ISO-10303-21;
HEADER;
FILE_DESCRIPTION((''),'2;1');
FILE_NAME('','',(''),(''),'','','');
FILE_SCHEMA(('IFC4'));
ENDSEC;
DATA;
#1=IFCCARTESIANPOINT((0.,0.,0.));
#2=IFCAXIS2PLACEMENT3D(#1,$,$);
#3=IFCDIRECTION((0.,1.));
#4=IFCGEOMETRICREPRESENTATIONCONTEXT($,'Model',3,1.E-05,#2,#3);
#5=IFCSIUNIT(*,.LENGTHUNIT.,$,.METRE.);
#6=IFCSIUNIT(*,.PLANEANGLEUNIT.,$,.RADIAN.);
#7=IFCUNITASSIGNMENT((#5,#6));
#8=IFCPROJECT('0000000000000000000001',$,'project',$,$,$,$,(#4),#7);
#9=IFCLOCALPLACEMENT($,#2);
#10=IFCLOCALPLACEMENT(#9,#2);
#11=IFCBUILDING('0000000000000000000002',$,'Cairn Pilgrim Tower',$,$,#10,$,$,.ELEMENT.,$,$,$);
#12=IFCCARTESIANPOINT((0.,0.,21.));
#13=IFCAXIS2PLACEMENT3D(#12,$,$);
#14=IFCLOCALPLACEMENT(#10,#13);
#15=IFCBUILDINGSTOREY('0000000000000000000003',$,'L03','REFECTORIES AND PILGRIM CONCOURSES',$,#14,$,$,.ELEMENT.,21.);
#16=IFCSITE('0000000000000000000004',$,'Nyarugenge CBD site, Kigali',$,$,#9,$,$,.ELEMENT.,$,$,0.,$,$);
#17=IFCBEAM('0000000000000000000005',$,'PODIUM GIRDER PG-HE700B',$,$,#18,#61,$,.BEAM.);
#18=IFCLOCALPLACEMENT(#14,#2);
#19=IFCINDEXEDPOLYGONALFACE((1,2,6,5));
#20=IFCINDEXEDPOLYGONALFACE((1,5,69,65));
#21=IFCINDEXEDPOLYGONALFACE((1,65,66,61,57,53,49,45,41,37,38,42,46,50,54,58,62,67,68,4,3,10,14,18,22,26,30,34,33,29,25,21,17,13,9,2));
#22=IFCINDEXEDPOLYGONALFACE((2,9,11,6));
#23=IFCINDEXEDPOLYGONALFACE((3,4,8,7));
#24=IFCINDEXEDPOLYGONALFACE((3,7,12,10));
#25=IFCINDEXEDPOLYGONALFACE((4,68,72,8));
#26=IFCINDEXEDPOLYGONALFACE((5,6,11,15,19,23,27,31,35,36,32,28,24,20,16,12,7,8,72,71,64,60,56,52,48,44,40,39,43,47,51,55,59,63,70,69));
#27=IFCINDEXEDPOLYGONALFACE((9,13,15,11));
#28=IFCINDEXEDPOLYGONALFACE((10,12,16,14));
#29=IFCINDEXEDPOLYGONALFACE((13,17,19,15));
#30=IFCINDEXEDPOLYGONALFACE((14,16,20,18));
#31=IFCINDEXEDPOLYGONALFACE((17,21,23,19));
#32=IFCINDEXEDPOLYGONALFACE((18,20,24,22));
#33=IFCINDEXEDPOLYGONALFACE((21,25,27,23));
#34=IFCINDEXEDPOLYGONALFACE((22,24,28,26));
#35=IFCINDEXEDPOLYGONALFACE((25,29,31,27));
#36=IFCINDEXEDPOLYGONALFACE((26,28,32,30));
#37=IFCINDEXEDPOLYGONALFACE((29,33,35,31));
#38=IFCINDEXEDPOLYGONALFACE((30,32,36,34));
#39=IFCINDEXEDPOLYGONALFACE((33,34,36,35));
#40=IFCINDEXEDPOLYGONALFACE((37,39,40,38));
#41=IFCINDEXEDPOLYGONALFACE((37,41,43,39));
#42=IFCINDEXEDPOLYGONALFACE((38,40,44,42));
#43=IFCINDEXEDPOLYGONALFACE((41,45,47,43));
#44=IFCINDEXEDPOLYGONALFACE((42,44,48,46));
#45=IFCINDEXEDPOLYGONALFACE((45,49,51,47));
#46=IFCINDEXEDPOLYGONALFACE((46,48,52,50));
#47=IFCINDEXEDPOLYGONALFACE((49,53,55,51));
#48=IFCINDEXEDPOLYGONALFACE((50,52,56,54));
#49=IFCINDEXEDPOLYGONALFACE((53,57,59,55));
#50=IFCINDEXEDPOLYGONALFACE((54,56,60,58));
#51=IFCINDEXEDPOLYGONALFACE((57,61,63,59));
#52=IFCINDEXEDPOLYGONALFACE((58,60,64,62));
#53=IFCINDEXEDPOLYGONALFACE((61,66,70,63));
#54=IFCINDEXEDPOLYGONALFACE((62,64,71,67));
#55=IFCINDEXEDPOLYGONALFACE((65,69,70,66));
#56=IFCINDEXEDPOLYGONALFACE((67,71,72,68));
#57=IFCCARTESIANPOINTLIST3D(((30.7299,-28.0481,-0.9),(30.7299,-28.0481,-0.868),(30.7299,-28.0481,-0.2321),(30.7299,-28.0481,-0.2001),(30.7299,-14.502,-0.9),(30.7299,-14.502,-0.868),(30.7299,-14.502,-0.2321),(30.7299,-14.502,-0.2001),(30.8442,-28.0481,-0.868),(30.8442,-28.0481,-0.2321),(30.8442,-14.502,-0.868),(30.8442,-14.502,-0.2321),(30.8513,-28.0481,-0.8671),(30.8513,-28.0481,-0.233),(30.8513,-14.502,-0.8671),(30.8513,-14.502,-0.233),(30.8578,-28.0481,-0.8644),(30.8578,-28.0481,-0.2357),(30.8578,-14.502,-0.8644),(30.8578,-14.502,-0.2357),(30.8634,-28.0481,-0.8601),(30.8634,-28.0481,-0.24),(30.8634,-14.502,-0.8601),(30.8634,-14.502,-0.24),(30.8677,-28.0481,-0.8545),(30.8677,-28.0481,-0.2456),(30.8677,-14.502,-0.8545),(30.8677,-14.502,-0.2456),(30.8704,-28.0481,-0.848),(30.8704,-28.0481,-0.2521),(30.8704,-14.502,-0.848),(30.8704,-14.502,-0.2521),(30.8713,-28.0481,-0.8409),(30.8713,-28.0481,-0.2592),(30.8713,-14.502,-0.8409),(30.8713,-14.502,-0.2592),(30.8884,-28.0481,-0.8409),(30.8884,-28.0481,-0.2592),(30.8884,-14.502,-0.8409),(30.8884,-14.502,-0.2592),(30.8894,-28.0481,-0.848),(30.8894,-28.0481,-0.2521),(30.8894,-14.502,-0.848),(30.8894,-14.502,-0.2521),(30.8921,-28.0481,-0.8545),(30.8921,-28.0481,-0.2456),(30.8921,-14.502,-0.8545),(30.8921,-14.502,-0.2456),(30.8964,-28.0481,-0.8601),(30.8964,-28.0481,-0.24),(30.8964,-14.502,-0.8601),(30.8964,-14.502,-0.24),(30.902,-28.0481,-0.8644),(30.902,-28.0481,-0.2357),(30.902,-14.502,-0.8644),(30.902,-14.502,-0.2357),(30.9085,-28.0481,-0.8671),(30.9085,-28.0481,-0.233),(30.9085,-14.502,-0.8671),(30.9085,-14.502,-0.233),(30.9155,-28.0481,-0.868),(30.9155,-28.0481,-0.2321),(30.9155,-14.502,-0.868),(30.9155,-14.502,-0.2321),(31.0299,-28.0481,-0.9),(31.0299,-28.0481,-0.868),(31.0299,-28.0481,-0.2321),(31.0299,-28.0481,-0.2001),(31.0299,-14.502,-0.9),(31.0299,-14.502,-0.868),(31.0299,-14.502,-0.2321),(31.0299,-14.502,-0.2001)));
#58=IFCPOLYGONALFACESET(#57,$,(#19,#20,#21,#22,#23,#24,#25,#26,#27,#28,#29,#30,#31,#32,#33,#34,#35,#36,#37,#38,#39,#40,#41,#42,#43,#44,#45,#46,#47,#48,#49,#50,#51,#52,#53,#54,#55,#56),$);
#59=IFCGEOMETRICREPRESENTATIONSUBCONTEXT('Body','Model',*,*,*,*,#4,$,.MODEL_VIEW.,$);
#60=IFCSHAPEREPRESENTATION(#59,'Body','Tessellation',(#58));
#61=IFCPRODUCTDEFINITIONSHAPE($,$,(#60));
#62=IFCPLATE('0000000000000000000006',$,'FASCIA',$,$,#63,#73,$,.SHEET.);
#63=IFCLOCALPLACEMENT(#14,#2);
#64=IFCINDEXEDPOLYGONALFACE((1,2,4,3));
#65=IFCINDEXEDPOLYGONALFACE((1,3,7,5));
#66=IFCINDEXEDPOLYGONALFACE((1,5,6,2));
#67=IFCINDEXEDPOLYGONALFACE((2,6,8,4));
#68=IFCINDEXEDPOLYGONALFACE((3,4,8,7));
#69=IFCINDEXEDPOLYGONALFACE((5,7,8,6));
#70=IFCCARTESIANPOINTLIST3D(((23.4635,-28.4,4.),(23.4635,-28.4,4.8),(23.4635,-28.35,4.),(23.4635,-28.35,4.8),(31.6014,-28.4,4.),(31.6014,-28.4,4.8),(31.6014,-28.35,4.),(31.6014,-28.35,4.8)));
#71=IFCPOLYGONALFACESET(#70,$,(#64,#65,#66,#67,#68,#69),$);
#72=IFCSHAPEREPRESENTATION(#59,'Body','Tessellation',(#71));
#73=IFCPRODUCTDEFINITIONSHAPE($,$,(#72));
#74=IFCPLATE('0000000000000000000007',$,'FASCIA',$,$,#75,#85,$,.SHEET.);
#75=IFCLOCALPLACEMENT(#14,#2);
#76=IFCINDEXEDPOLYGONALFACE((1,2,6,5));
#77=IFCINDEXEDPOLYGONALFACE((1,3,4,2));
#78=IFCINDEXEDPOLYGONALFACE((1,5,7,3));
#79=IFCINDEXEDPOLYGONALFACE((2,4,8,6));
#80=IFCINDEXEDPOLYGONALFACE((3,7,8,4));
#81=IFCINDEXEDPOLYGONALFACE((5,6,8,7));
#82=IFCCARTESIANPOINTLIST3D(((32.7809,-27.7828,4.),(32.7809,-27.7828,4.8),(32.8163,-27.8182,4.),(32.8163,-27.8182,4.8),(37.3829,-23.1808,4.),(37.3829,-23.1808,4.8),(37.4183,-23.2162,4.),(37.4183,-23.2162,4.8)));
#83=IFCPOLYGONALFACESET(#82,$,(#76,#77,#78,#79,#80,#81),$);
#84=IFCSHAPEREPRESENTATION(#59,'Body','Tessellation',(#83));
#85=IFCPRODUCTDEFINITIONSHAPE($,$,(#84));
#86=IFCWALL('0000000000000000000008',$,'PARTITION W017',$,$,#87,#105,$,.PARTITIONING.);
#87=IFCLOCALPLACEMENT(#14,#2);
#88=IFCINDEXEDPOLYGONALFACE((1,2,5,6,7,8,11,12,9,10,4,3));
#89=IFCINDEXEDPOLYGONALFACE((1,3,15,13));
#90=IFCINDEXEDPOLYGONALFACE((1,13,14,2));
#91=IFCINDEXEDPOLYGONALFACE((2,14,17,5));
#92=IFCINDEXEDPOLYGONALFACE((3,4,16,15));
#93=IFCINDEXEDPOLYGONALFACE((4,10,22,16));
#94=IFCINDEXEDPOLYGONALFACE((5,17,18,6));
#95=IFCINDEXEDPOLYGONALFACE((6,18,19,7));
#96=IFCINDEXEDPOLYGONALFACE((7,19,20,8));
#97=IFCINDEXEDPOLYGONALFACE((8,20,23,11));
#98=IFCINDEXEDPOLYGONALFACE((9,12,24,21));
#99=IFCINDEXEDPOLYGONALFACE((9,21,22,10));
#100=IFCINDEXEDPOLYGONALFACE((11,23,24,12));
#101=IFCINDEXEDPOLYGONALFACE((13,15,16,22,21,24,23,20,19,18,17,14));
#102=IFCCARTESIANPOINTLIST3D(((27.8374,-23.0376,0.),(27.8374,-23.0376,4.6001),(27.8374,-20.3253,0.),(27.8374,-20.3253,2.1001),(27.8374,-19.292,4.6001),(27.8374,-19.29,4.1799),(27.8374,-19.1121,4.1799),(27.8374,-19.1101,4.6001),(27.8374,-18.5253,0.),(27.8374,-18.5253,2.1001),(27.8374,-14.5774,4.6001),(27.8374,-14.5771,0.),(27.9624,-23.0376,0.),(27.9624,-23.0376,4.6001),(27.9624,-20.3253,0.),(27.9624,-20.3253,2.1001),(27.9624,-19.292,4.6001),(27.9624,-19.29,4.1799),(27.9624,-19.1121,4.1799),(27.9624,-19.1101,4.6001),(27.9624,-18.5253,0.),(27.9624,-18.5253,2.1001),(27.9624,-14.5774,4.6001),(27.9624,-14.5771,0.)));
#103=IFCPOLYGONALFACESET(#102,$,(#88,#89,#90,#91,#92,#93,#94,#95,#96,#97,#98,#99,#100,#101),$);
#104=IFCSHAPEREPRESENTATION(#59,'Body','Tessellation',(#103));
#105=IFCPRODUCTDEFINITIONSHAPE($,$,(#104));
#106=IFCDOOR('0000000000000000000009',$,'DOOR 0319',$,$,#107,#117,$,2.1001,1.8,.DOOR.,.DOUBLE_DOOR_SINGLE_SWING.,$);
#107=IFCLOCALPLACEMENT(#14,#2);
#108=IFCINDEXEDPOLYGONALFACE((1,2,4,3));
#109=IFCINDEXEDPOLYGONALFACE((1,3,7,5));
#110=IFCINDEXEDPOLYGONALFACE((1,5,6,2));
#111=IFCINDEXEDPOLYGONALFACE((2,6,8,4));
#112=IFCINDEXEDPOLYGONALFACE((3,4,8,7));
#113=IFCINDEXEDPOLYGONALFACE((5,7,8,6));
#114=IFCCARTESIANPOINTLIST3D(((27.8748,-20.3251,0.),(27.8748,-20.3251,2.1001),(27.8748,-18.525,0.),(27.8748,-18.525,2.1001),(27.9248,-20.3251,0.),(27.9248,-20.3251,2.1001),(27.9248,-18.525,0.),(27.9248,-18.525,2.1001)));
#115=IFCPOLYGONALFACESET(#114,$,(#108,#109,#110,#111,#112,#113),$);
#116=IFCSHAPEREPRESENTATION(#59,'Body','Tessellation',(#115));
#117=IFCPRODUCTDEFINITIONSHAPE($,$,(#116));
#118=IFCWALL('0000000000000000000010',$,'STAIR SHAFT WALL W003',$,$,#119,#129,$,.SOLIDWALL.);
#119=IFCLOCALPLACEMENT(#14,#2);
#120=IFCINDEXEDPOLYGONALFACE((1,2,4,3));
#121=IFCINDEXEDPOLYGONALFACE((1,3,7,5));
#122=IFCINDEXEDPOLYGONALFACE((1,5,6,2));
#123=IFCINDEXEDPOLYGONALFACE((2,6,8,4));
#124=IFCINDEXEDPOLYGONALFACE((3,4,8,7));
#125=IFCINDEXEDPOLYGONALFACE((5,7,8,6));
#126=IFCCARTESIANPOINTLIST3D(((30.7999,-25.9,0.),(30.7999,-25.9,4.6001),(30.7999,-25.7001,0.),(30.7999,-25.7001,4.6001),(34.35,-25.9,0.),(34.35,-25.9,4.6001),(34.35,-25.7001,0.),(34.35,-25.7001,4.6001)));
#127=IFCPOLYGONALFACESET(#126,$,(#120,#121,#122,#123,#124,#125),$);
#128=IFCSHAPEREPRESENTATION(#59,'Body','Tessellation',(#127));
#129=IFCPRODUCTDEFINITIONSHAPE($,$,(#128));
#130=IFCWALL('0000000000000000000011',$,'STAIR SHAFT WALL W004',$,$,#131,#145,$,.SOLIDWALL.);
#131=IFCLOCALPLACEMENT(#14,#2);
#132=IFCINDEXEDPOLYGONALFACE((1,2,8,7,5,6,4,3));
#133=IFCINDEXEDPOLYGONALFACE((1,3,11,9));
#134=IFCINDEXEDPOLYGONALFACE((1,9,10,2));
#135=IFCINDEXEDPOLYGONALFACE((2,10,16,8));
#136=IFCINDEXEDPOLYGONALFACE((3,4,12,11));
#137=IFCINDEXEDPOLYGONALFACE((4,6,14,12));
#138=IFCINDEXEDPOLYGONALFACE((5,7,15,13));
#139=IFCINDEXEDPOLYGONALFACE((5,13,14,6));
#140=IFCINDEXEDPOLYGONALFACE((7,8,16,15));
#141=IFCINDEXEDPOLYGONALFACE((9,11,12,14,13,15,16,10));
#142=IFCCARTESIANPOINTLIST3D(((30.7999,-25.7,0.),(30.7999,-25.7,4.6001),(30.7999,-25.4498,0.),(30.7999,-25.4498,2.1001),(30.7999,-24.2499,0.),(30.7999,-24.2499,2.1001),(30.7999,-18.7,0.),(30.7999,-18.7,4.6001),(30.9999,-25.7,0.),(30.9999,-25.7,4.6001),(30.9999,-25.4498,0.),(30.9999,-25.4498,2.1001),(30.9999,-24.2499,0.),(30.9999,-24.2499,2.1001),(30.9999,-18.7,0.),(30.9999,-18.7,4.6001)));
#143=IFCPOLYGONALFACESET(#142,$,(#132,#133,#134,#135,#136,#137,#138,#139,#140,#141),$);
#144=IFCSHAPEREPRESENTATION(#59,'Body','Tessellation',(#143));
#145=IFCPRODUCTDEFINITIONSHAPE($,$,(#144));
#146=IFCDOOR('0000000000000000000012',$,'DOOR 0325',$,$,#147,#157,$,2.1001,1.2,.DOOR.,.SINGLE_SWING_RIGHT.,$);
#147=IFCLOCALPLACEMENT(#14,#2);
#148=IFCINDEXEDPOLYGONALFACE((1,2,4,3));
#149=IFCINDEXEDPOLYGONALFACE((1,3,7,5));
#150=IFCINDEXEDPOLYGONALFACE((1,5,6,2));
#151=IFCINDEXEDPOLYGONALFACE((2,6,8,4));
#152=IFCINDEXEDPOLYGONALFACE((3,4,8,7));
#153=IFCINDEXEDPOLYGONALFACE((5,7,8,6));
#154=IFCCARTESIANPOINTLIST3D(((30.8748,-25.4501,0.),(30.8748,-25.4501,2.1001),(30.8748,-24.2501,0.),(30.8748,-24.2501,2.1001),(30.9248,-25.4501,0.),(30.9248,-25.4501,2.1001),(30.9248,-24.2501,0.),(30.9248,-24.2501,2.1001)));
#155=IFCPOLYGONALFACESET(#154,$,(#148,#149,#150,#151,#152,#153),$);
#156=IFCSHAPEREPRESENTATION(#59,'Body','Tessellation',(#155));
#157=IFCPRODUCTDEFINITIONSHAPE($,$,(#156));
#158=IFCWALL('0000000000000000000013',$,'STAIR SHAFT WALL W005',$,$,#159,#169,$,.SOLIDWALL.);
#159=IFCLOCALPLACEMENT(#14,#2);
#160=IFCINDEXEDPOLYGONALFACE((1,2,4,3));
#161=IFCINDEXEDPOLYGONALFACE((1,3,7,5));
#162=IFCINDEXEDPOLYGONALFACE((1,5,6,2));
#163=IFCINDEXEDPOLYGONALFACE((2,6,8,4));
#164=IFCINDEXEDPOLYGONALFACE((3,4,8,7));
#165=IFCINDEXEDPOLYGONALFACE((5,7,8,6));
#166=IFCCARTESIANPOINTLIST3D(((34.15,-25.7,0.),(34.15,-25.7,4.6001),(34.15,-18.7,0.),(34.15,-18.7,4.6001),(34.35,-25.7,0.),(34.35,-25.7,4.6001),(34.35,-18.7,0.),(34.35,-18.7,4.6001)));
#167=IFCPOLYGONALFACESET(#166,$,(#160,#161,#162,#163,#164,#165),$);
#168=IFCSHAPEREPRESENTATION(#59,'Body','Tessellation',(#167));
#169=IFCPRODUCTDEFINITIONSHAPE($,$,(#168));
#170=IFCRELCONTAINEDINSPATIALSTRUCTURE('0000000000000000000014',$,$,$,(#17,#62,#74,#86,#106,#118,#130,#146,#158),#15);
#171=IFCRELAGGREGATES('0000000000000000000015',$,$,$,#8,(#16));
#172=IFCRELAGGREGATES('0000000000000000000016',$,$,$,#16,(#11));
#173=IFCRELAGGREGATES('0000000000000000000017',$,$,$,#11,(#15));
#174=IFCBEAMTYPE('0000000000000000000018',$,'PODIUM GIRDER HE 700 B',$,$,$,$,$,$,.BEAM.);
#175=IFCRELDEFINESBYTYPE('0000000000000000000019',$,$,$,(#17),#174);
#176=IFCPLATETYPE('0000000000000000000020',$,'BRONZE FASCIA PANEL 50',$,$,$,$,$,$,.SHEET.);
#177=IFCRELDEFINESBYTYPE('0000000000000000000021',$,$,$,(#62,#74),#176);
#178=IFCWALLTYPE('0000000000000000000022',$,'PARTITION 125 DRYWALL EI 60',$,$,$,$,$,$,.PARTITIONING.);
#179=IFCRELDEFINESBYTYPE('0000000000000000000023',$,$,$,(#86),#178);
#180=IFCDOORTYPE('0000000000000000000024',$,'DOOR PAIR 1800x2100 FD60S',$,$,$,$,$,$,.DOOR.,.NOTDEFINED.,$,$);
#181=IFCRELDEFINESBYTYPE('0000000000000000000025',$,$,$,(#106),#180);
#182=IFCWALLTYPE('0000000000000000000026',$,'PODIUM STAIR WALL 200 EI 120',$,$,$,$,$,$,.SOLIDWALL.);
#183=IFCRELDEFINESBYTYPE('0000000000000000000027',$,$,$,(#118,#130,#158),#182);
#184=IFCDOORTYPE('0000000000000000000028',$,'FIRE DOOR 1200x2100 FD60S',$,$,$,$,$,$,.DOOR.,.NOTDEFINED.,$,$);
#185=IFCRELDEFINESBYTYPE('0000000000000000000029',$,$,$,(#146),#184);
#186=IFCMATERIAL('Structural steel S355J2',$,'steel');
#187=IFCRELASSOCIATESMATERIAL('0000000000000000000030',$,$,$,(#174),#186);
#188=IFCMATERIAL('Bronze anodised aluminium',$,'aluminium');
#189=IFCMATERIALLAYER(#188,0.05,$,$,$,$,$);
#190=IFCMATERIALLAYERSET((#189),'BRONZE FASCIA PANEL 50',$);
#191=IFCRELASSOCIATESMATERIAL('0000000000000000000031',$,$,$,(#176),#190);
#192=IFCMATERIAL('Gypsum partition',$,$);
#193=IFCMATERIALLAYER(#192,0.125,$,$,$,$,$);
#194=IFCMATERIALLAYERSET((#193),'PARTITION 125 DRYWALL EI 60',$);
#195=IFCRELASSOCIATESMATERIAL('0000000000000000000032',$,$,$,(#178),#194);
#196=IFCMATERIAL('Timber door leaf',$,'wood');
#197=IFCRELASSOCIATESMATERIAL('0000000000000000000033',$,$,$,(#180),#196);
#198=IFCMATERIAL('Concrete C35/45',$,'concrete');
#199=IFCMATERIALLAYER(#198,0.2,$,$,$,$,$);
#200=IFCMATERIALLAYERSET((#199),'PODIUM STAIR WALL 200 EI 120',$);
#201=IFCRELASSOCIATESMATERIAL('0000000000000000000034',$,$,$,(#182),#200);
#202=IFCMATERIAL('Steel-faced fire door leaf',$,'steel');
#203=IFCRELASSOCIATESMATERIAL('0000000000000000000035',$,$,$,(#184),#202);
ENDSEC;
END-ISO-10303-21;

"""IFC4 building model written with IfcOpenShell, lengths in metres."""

from ifc_helpers import new_model, si_unit, direction, frame, frame_2d, origin, origin_2d, place, context, subcontext, project, spatial, polyline, rectangle, i_section, outline, extrude, material, layer, layer_set, material_profile, profile_set, type_object, element, fill, save


model = new_model("IFC4")

# Units and contexts
model_context = context("Model", 3, precision=1e-05, world=origin(), true_north=direction((0.0, 1.0)))
body_context = subcontext(model_context, "Body", "Model", "MODEL_VIEW")
ifc_project = project(units=[si_unit("LENGTHUNIT", "METRE"), si_unit("PLANEANGLEUNIT", "RADIAN")], contexts=[model_context])

# Site, building, storey
site_placement = place(None, origin())
site = spatial("IfcSite", under=ifc_project, at=site_placement, Name="Nyarugenge CBD site, Kigali", CompositionType="ELEMENT", RefElevation=0.0)
building_placement = place(site_placement, origin())
building = spatial("IfcBuilding", under=site, at=building_placement, Name="Cairn Pilgrim Tower", CompositionType="ELEMENT")
storey_placement = place(building_placement, frame((0.0, 0.0, 21.0)))
storey = spatial("IfcBuildingStorey", under=building, at=storey_placement, Name="L03", Description="REFECTORIES AND PILGRIM CONCOURSES", CompositionType="ELEMENT", Elevation=21.0)

# Beam
ifc_material_1 = material(Name="Structural steel S355J2", Category="steel")
ifc_material_profile_1 = material_profile(ifc_material_1, i_section(OverallWidth=0.3, OverallDepth=0.7, WebThickness=0.0171, FlangeThickness=0.032, FilletRadius=0.0271, at=origin_2d()), Name="HEB 700")
ifc_profile_set_1 = profile_set([ifc_material_profile_1], Name="Structural steel S355J2")
beam_type_1 = type_object("IfcBeamType", Name="PODIUM GIRDER HE 700 B", PredefinedType="BEAM", material=ifc_profile_set_1)
beam_1_placement = place(storey_placement, frame((30.8799, -28.0481, -0.55), z_axis=(0.0, 1.0, 0.0), x_axis=(-1.0, 0.0, 0.0)))
element("IfcBeam", 1, at=beam_1_placement, inside=storey, type_object=beam_type_1, Name="PODIUM GIRDER PG-HE700B", PredefinedType="BEAM", context=body_context, shape_type="SweptSolid", body=[
    extrude(i_section(OverallWidth=0.3, OverallDepth=0.7, WebThickness=0.0171, FlangeThickness=0.032, FilletRadius=0.0271, at=origin_2d()), origin(), (0.0, 0.0, 1.0), 13.5461),
])

# Plates
ifc_material_2 = material(Name="Bronze anodised aluminium", Category="aluminium")
ifc_layer_1 = layer(ifc_material_2, 0.05)
ifc_layer_set_1 = layer_set([ifc_layer_1], Name="BRONZE FASCIA PANEL 50")
plate_type = type_object("IfcPlateType", Name="BRONZE FASCIA PANEL 50", PredefinedType="SHEET", material=ifc_layer_set_1)
plate_1_placement = place(storey_placement, frame((27.5325, -28.375, 4.0), z_axis=(0.0, 0.0, 1.0), x_axis=(1.0, 0.0, 0.0)))
element("IfcPlate", 2, at=plate_1_placement, inside=storey, type_object=plate_type, Name="FASCIA", PredefinedType="SHEET", context=body_context, shape_type="SweptSolid", body=[
    extrude(rectangle(XDim=8.1379, YDim=0.05, at=origin_2d()), origin(), (0.0, 0.0, 1.0), 0.8),
])
plate_2_placement = place(storey_placement, frame((35.0996, -25.4995, 4.0), z_axis=(0.0, 0.0, 1.0), x_axis=(0.707107, 0.707107, 0.0)))
element("IfcPlate", 3, at=plate_2_placement, inside=storey, type_object=plate_type, Name="FASCIA", PredefinedType="SHEET", context=body_context, shape_type="SweptSolid", body=[
    extrude(rectangle(XDim=6.5083, YDim=0.05, at=origin_2d()), origin(), (0.0, 0.0, 1.0), 0.8),
])

# Wall, opening, door
ifc_material_3 = material(Name="Gypsum partition")
ifc_layer_2 = layer(ifc_material_3, 0.125)
ifc_layer_set_2 = layer_set([ifc_layer_2], Name="PARTITION 125 DRYWALL EI 60")
wall_type_1 = type_object("IfcWallType", Name="PARTITION 125 DRYWALL EI 60", PredefinedType="PARTITIONING", material=ifc_layer_set_2)
wall_1_placement = place(storey_placement, frame((27.8999, -23.0376, 0.0), z_axis=(0.0, 0.0, 1.0), x_axis=(0.0, 1.0, 0.0)))
wall_1 = element("IfcWall", 4, at=wall_1_placement, inside=storey, type_object=wall_type_1, Name="PARTITION W017", PredefinedType="PARTITIONING", context=body_context, shape_type="SweptSolid", body=[
    extrude(outline(polyline([(0.0, 0.0), (8.4604, 0.0), (8.4602, 4.6001), (3.9275, 4.6001), (3.9255, 4.1799), (3.7476, 4.1799), (3.7456, 4.6001), (0.0, 4.6001), (0.0, 0.0)])), frame((0.0, 0.0625, 0.0), z_axis=(0.0, -1.0, 0.0), x_axis=(1.0, 0.0, 0.0)), (0.0, 0.0, 1.0), 0.125),
])
opening_1_placement = place(wall_1_placement, frame((2.7124, 0.0, 0.0)))
opening_1 = element("IfcOpeningElement", 5, at=opening_1_placement, cuts=wall_1, PredefinedType="OPENING", context=body_context, shape_type="SweptSolid", body=[
    extrude(rectangle(XDim=1.8, YDim=2.1001, at=frame_2d((0.8999, 1.05))), frame((0.0, 0.0725, 0.0), z_axis=(0.0, -1.0, 0.0), x_axis=(1.0, 0.0, 0.0)), (0.0, 0.0, 1.0), 0.145),
])
ifc_material_4 = material(Name="Timber door leaf", Category="wood")
door_type_1 = type_object("IfcDoorType", Name="DOOR PAIR 1800x2100 FD60S", OperationType="NOTDEFINED", PredefinedType="DOOR", material=ifc_material_4)
door_1_placement = place(opening_1_placement, frame((1.8, 0.0, 0.0), z_axis=(0.0, 0.0, 1.0), x_axis=(-1.0, 0.0, 0.0)))
door_1 = element("IfcDoor", 6, at=door_1_placement, inside=storey, type_object=door_type_1, Name="DOOR 0319", OperationType="DOUBLE_DOOR_SINGLE_SWING", OverallHeight=2.1001, OverallWidth=1.8, PredefinedType="DOOR", context=body_context, shape_type="SweptSolid", body=[
    extrude(rectangle(XDim=1.8, YDim=2.1001, at=frame_2d((0.8999, 1.05))), frame((0.0, 0.0249, 0.0), z_axis=(0.0, -1.0, 0.0), x_axis=(1.0, 0.0, 0.0)), (0.0, 0.0, 1.0), 0.05),
])
fill(opening_1, door_1)

# Wall
ifc_material_5 = material(Name="Concrete C35/45", Category="concrete")
ifc_layer_3 = layer(ifc_material_5, 0.2)
ifc_layer_set_3 = layer_set([ifc_layer_3], Name="PODIUM STAIR WALL 200 EI 120")
wall_type_2 = type_object("IfcWallType", Name="PODIUM STAIR WALL 200 EI 120", PredefinedType="SOLIDWALL", material=ifc_layer_set_3)
wall_2_placement = place(storey_placement, frame((30.8, -25.8, 0.0), z_axis=(0.0, 0.0, 1.0), x_axis=(1.0, 0.0, 0.0)))
element("IfcWall", 7, at=wall_2_placement, inside=storey, type_object=wall_type_2, Name="STAIR SHAFT WALL W003", PredefinedType="SOLIDWALL", context=body_context, shape_type="SweptSolid", body=[
    extrude(rectangle(XDim=3.55, YDim=0.2, at=frame_2d((1.7749, 0.0))), origin(), (0.0, 0.0, 1.0), 4.6001),
])

# Wall, opening, door
wall_3_placement = place(storey_placement, frame((30.8999, -25.7, 0.0), z_axis=(0.0, 0.0, 1.0), x_axis=(0.0, 1.0, 0.0)))
wall_3 = element("IfcWall", 8, at=wall_3_placement, inside=storey, type_object=wall_type_2, Name="STAIR SHAFT WALL W004", PredefinedType="SOLIDWALL", context=body_context, shape_type="SweptSolid", body=[
    extrude(rectangle(XDim=7.0, YDim=0.2, at=frame_2d((3.5, 0.0))), origin(), (0.0, 0.0, 1.0), 4.6001),
])
opening_2_placement = place(wall_3_placement, frame((0.25, 0.0, 0.0)))
opening_2 = element("IfcOpeningElement", 9, at=opening_2_placement, cuts=wall_3, PredefinedType="OPENING", context=body_context, shape_type="SweptSolid", body=[
    extrude(rectangle(XDim=1.2, YDim=2.1001, at=frame_2d((0.6001, 1.05))), frame((0.0, 0.1099, 0.0), z_axis=(0.0, -1.0, 0.0), x_axis=(1.0, 0.0, 0.0)), (0.0, 0.0, 1.0), 0.22),
])
ifc_material_6 = material(Name="Steel-faced fire door leaf", Category="steel")
door_type_2 = type_object("IfcDoorType", Name="FIRE DOOR 1200x2100 FD60S", OperationType="NOTDEFINED", PredefinedType="DOOR", material=ifc_material_6)
door_2_placement = place(opening_2_placement, frame((1.2, 0.0, 0.0), z_axis=(0.0, 0.0, 1.0), x_axis=(-1.0, 0.0, 0.0)))
door_2 = element("IfcDoor", 10, at=door_2_placement, inside=storey, type_object=door_type_2, Name="DOOR 0325", OperationType="SINGLE_SWING_RIGHT", OverallHeight=2.1001, OverallWidth=1.2, PredefinedType="DOOR", context=body_context, shape_type="SweptSolid", body=[
    extrude(rectangle(XDim=1.2, YDim=2.1001, at=frame_2d((0.6001, 1.05))), frame((0.0, 0.0249, 0.0), z_axis=(0.0, -1.0, 0.0), x_axis=(1.0, 0.0, 0.0)), (0.0, 0.0, 1.0), 0.05),
])
fill(opening_2, door_2)

# Wall
wall_4_placement = place(storey_placement, frame((34.25, -25.7, 0.0), z_axis=(0.0, 0.0, 1.0), x_axis=(0.0, 1.0, 0.0)))
element("IfcWall", 11, at=wall_4_placement, inside=storey, type_object=wall_type_2, Name="STAIR SHAFT WALL W005", PredefinedType="SOLIDWALL", context=body_context, shape_type="SweptSolid", body=[
    extrude(rectangle(XDim=7.0, YDim=0.2, at=frame_2d((3.5, 0.0))), origin(), (0.0, 0.0, 1.0), 4.6001),
])

save(model, "model.ifc")
